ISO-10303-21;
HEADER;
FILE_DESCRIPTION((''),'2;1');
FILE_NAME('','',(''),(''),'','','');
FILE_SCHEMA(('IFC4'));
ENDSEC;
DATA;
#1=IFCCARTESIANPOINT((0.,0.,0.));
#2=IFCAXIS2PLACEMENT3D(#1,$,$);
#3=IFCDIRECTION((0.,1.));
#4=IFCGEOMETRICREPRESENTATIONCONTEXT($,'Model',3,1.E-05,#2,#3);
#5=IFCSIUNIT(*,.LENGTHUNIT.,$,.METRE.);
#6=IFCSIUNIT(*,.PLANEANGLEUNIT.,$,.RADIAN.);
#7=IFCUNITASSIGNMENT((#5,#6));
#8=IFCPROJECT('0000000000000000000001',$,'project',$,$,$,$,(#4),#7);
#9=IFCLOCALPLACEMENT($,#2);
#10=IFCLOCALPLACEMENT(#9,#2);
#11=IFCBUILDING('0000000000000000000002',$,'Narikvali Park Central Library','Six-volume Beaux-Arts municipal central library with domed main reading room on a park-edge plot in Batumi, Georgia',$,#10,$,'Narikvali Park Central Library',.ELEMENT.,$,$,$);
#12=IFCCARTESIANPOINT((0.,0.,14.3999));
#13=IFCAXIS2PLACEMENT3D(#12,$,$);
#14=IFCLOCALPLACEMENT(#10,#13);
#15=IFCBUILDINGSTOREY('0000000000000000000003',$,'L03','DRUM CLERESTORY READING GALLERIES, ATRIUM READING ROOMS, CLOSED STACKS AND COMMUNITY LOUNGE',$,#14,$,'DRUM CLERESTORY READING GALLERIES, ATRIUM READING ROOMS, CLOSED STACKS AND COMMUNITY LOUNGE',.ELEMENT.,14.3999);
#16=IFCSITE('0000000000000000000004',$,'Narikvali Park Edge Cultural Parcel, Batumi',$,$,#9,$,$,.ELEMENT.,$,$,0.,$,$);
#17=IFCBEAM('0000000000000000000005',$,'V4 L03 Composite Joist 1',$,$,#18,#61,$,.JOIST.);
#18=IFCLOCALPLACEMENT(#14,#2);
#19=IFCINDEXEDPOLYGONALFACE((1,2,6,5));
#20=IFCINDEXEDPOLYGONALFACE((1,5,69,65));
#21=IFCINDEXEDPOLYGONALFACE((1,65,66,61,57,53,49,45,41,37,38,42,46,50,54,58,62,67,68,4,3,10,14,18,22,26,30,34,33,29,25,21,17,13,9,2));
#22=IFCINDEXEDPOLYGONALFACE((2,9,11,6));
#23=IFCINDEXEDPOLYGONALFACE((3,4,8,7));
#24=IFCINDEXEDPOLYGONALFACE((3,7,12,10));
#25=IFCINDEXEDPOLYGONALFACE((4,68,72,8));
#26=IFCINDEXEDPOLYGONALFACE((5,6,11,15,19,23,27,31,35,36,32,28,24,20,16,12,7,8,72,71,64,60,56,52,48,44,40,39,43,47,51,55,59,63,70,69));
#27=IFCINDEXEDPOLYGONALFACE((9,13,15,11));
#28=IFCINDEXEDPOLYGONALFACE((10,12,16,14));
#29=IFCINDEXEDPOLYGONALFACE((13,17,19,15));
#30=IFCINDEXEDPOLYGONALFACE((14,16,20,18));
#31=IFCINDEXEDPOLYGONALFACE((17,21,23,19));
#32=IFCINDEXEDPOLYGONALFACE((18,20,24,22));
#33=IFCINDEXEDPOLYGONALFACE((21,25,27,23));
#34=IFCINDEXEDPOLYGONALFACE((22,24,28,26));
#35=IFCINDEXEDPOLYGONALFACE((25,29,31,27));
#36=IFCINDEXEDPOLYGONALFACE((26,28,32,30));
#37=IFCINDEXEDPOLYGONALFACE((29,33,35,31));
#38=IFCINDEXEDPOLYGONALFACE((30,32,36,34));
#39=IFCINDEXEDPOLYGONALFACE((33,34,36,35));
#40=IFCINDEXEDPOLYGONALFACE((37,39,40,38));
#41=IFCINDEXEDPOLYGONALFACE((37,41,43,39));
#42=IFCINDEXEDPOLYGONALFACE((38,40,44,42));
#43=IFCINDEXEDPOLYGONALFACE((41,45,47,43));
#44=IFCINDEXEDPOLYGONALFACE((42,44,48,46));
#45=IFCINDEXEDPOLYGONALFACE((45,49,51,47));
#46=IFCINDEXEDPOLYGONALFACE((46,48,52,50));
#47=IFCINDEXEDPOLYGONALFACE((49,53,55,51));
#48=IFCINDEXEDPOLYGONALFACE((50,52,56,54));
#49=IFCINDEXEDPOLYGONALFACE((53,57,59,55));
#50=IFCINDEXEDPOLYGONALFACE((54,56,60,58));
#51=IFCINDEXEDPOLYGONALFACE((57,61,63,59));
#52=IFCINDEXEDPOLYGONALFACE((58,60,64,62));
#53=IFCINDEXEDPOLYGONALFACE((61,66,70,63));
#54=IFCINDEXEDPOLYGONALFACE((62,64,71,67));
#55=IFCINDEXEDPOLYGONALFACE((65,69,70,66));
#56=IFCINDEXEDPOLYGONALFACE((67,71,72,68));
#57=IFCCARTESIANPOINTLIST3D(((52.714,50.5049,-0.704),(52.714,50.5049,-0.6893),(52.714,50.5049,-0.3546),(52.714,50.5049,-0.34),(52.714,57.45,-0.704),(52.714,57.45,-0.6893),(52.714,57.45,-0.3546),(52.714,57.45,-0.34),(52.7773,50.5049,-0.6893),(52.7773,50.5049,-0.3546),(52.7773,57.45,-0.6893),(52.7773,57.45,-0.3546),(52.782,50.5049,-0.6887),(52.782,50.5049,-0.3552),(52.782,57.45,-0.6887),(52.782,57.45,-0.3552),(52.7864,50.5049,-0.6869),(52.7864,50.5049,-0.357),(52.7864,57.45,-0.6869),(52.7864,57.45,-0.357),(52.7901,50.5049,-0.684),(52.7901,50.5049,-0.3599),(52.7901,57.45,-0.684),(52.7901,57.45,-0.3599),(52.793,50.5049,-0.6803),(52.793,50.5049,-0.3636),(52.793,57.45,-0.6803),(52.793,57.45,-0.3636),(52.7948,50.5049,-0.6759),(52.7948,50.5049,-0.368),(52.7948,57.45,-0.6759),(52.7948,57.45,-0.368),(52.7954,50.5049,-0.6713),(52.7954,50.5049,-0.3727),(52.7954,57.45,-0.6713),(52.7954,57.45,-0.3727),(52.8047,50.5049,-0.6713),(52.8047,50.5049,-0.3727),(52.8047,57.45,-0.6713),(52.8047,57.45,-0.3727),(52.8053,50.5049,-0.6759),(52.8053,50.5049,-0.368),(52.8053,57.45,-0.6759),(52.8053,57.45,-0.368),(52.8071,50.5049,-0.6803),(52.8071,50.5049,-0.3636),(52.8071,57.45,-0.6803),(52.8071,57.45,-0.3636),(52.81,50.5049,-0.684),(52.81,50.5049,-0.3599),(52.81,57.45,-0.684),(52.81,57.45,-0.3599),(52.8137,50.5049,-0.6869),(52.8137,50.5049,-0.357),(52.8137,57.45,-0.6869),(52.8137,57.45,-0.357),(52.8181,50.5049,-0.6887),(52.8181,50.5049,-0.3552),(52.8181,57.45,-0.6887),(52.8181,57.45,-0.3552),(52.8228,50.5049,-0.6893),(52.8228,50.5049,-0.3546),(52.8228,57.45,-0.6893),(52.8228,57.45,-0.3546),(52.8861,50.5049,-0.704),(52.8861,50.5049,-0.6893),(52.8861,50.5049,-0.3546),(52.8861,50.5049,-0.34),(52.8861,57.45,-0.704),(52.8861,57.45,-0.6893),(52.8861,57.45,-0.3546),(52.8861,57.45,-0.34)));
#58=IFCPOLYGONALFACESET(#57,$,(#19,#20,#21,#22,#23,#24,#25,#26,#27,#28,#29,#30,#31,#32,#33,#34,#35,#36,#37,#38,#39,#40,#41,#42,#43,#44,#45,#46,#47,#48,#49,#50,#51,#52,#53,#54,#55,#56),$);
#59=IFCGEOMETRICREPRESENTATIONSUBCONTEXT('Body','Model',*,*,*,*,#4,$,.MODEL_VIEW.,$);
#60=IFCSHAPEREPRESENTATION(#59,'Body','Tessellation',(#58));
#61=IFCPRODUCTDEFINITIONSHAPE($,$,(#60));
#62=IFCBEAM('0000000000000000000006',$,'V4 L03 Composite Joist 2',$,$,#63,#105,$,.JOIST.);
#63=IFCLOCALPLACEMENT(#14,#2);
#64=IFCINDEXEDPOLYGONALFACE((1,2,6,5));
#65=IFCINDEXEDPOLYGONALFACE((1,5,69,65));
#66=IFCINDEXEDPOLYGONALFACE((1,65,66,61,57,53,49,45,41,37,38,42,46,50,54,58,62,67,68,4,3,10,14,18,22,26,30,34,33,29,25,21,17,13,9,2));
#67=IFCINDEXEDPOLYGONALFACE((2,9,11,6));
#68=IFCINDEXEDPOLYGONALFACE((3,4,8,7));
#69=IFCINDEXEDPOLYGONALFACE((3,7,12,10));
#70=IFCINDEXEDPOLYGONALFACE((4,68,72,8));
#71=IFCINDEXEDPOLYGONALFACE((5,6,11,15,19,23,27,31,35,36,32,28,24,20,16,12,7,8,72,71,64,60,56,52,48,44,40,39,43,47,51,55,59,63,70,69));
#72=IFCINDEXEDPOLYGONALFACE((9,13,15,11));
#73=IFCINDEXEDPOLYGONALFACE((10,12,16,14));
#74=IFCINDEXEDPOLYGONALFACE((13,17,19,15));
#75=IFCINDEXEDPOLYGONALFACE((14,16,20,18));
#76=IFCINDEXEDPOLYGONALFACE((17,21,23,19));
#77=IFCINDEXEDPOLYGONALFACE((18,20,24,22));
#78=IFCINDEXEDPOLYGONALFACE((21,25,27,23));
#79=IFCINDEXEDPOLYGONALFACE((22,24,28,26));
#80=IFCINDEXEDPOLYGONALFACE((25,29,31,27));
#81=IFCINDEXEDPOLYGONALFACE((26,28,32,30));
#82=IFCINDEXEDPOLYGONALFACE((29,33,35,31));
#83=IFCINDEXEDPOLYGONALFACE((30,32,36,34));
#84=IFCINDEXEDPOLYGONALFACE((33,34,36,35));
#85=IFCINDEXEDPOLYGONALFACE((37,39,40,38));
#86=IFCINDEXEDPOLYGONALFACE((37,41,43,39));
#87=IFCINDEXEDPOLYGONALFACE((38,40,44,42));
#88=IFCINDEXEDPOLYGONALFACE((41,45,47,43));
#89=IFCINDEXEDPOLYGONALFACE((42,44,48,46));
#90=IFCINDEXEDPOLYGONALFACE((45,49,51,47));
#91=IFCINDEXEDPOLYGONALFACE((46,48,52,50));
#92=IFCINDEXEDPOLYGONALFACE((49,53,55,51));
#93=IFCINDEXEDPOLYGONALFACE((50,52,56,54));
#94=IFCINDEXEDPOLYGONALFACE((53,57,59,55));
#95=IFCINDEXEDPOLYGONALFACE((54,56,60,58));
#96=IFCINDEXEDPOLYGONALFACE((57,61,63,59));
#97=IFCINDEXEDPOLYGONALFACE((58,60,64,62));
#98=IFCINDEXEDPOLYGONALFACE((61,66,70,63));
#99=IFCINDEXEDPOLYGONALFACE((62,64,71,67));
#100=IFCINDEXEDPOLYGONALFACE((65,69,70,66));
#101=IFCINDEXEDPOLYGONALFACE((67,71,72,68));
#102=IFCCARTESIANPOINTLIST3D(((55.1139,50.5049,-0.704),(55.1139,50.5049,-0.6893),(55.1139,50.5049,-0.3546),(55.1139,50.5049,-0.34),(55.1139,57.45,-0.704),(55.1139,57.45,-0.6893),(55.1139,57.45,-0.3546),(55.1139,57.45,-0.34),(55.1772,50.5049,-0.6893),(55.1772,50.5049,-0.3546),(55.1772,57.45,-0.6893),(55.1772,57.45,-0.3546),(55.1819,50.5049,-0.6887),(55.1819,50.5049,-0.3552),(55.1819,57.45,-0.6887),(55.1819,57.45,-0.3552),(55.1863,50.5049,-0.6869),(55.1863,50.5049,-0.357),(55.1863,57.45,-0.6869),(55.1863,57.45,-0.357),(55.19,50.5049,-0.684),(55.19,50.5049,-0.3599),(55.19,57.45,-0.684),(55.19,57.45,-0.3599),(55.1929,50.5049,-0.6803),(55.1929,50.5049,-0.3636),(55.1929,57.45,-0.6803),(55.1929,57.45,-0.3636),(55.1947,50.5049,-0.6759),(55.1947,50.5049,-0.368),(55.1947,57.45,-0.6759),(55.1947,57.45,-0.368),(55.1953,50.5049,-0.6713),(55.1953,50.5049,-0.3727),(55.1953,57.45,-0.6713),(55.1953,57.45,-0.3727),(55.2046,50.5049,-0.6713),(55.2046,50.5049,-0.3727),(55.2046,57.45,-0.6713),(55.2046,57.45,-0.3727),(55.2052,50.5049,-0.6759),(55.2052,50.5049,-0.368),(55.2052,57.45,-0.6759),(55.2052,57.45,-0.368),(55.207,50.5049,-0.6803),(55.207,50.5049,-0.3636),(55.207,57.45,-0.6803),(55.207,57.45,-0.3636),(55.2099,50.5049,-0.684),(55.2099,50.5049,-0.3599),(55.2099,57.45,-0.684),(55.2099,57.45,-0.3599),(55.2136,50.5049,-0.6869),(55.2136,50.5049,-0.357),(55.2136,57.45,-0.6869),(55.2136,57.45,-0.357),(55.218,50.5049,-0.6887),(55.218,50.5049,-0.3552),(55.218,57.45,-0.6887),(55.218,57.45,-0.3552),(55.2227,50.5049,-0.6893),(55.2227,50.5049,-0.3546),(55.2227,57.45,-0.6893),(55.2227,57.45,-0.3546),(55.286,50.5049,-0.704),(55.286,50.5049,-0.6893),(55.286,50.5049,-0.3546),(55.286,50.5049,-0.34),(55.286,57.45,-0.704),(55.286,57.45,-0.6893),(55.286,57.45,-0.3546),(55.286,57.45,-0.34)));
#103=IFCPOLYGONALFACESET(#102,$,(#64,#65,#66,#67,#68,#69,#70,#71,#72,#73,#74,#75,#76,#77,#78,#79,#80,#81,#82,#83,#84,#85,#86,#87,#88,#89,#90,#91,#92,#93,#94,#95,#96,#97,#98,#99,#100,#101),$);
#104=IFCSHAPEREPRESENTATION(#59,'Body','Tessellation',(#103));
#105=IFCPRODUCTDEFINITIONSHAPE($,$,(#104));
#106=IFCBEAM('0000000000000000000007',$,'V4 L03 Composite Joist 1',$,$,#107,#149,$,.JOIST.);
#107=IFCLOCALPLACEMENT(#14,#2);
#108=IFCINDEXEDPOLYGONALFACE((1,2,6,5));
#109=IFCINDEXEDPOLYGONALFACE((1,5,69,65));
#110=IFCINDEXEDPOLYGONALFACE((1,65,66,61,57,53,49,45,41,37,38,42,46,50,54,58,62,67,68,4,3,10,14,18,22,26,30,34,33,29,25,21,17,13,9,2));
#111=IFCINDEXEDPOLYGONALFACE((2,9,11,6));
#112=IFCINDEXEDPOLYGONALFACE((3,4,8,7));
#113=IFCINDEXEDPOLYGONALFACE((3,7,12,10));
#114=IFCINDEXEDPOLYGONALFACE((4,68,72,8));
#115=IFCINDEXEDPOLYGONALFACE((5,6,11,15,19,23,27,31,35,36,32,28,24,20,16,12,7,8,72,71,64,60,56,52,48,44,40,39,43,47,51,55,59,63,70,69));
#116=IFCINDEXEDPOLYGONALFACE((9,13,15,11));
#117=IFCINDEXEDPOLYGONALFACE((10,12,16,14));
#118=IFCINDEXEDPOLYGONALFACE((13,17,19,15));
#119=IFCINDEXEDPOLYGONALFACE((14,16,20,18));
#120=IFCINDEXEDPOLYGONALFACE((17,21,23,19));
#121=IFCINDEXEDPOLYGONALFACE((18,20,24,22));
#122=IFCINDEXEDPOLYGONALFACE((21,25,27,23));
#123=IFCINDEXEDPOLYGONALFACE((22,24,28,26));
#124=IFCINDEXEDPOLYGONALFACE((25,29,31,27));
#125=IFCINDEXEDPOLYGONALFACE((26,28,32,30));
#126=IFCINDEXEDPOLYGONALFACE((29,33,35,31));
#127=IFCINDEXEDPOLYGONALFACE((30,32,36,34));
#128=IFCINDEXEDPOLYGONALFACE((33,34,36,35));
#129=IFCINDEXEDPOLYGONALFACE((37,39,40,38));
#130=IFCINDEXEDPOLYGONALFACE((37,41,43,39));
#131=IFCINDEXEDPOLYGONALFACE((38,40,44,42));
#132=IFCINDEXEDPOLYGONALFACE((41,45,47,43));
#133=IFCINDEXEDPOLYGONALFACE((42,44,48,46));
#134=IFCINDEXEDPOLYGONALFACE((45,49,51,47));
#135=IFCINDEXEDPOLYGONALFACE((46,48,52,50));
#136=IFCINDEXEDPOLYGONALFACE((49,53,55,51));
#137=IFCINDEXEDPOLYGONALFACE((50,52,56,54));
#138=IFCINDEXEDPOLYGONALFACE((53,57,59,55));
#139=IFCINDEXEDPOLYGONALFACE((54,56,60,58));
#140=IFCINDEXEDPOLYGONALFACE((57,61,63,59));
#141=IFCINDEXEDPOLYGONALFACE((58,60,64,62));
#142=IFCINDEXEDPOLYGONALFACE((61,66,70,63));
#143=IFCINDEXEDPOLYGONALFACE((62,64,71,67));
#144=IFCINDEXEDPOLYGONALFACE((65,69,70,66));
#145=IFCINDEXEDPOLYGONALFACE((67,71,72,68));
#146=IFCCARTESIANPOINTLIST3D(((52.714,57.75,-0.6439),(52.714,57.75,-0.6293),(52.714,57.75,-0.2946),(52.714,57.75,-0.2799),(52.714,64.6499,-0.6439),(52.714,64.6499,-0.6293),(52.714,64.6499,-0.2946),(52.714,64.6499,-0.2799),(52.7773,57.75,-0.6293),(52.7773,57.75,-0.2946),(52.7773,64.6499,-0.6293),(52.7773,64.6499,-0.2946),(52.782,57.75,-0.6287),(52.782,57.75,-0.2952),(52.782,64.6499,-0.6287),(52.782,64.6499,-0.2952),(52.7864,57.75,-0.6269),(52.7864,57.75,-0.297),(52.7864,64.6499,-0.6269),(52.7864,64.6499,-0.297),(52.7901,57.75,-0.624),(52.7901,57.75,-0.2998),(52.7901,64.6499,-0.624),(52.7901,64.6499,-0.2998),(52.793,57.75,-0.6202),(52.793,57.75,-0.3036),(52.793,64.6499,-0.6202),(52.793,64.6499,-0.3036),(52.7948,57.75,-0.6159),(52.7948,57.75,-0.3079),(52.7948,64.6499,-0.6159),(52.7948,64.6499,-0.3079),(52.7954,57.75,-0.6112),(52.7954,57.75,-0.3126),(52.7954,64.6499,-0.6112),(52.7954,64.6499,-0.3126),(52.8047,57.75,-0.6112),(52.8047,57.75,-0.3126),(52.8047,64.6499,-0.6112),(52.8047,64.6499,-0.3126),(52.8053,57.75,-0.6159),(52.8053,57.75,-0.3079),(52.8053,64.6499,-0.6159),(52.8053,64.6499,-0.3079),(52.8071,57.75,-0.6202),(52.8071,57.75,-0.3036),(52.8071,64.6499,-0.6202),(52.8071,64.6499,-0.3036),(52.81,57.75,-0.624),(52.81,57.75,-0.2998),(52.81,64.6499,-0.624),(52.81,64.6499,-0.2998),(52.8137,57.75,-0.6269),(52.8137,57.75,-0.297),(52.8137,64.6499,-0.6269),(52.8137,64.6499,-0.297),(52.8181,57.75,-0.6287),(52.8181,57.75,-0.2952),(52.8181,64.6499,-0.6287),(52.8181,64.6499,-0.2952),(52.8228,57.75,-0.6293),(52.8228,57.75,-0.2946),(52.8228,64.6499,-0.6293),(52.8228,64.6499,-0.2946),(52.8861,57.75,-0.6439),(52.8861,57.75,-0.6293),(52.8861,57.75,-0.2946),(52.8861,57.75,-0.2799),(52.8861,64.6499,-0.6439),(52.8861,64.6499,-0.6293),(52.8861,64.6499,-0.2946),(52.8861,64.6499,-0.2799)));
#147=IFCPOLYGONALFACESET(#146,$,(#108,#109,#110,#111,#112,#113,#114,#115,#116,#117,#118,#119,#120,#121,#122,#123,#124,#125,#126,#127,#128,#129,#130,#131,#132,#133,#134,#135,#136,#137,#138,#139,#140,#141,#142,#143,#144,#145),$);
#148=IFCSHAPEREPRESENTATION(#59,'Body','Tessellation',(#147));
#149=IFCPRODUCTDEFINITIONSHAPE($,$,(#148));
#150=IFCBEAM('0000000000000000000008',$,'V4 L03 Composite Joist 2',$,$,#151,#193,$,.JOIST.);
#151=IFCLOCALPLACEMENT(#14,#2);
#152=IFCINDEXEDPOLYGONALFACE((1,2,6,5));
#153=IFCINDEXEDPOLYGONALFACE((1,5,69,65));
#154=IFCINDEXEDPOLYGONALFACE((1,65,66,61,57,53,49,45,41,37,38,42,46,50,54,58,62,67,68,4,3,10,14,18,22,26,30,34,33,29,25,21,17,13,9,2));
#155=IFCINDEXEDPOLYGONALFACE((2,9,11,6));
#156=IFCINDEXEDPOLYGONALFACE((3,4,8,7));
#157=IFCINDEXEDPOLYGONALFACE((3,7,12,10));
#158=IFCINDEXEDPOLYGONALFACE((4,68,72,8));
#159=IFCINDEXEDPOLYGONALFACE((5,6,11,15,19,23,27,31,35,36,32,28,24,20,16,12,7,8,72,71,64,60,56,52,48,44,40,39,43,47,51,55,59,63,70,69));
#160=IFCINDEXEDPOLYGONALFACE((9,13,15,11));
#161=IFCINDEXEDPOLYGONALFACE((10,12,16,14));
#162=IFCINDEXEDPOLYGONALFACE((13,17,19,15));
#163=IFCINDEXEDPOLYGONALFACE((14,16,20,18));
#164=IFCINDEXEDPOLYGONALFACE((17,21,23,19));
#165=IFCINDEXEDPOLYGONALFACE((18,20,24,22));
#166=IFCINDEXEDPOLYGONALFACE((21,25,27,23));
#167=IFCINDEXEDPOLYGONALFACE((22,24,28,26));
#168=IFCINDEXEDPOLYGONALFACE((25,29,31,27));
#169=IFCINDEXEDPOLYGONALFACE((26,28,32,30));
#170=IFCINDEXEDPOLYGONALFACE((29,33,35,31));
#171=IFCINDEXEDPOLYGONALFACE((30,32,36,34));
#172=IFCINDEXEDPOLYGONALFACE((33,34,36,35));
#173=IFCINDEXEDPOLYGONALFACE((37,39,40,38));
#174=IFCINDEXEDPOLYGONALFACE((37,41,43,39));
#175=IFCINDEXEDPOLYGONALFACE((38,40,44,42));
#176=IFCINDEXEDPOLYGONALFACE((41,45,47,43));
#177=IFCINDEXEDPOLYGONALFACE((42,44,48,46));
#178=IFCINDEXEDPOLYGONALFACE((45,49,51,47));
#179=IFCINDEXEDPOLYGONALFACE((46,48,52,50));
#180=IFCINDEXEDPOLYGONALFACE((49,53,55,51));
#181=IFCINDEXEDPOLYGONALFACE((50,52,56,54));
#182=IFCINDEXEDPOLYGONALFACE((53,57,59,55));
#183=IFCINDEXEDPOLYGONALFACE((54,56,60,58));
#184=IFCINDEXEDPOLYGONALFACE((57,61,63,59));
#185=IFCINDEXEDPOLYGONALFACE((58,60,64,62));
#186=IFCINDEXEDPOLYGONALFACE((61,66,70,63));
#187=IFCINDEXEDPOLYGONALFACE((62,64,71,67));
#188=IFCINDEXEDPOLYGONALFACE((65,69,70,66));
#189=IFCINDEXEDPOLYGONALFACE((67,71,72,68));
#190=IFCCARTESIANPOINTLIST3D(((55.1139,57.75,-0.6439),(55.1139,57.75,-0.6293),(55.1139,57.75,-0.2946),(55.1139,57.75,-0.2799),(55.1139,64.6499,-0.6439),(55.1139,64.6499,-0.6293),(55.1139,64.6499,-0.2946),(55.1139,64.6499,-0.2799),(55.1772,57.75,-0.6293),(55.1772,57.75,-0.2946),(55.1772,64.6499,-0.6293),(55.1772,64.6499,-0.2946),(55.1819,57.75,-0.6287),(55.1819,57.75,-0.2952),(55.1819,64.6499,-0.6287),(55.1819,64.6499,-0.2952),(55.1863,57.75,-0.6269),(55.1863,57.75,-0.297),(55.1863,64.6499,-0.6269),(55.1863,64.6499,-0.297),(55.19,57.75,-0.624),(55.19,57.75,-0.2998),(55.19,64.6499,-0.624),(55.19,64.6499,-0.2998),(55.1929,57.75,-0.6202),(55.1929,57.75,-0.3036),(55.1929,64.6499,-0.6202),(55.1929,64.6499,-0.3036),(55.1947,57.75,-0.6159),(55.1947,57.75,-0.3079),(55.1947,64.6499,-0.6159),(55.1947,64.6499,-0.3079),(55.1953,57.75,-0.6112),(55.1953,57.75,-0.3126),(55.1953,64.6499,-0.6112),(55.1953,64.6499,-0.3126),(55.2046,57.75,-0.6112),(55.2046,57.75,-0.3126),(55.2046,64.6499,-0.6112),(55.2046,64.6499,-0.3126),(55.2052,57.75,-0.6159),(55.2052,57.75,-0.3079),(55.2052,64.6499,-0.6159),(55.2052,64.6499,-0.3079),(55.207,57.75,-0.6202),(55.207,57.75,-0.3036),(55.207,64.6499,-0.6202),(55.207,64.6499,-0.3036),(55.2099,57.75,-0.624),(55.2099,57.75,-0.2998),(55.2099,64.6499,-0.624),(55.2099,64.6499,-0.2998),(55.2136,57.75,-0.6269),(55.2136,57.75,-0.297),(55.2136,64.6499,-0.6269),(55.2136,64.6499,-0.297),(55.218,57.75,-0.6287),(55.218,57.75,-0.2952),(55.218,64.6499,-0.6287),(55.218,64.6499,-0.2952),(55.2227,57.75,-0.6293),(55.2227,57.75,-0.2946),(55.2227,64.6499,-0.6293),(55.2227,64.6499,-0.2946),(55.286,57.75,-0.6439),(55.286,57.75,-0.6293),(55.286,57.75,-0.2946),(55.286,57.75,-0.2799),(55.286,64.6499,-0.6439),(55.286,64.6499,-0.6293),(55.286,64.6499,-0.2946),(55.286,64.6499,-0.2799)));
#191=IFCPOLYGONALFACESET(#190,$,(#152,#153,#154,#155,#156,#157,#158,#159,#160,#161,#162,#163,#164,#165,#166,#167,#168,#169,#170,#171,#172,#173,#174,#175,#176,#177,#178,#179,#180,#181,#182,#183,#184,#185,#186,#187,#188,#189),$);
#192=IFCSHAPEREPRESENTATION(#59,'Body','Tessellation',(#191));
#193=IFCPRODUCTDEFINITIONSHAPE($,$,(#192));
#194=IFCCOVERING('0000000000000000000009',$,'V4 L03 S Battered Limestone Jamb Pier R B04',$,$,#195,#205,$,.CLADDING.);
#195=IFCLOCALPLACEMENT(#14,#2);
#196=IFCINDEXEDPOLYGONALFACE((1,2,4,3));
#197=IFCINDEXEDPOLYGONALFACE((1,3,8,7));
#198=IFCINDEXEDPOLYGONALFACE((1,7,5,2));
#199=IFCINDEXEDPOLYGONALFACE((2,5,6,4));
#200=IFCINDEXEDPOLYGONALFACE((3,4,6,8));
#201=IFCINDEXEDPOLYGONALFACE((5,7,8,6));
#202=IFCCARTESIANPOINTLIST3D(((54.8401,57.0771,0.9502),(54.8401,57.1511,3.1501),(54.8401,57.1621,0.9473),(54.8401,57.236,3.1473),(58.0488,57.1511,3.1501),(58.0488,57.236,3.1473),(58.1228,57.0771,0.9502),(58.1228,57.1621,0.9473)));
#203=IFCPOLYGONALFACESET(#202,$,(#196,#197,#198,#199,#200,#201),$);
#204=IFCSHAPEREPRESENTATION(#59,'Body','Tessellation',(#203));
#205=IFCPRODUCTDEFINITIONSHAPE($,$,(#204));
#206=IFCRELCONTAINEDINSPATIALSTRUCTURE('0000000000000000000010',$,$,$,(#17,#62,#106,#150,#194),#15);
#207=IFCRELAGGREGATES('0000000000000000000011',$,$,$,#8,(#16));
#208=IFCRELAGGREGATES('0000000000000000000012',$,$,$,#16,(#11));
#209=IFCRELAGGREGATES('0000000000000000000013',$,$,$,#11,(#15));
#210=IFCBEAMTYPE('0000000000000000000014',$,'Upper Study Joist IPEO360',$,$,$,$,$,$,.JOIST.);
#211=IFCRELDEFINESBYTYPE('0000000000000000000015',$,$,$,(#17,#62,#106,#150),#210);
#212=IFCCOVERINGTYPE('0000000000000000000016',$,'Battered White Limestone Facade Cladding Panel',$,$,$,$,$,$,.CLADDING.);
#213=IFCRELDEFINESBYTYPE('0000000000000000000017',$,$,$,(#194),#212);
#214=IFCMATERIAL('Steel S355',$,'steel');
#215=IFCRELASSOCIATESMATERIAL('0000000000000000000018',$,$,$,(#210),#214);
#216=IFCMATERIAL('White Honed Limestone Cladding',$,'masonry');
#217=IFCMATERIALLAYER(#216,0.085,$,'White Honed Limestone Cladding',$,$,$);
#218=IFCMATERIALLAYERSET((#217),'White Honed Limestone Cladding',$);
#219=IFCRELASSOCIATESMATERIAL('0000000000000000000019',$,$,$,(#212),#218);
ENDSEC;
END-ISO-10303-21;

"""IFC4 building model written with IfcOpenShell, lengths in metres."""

from ifc_helpers import new_model, si_unit, direction, frame, origin, origin_2d, place, context, subcontext, project, spatial, polyline, i_section, outline, extrude, material, layer, layer_set, material_profile, profile_set, type_object, element, save


model = new_model("IFC4")

# Units and contexts
model_context = context("Model", 3, precision=1e-05, world=origin(), true_north=direction((0.0, 1.0)))
body_context = subcontext(model_context, "Body", "Model", "MODEL_VIEW")
ifc_project = project(units=[si_unit("LENGTHUNIT", "METRE"), si_unit("PLANEANGLEUNIT", "RADIAN")], contexts=[model_context])

# Site, building, storey
site_placement = place(None, origin())
site = spatial("IfcSite", under=ifc_project, at=site_placement, Name="Narikvali Park Edge Cultural Parcel, Batumi", CompositionType="ELEMENT", RefElevation=0.0)
building_placement = place(site_placement, origin())
building = spatial("IfcBuilding", under=site, at=building_placement, Name="Narikvali Park Central Library", Description="Six-volume Beaux-Arts municipal central library with domed main reading room on a park-edge plot in Batumi, Georgia", LongName="Narikvali Park Central Library", CompositionType="ELEMENT")
storey_placement = place(building_placement, frame((0.0, 0.0, 14.3999)))
storey = spatial("IfcBuildingStorey", under=building, at=storey_placement, Name="L03", Description="DRUM CLERESTORY READING GALLERIES, ATRIUM READING ROOMS, CLOSED STACKS AND COMMUNITY LOUNGE", LongName="DRUM CLERESTORY READING GALLERIES, ATRIUM READING ROOMS, CLOSED STACKS AND COMMUNITY LOUNGE", CompositionType="ELEMENT", Elevation=14.3999)

# Shared definitions
ifc_material_1 = material(Name="Steel S355", Category="steel")

# Beams
ifc_material_profile_1 = material_profile(ifc_material_1, i_section(OverallWidth=0.1721, OverallDepth=0.364, WebThickness=0.0093, FlangeThickness=0.0146, FilletRadius=0.0181, at=origin_2d()), Name="IPEO 360")
ifc_profile_set_1 = profile_set([ifc_material_profile_1], Name="Steel S355")
beam_type_1 = type_object("IfcBeamType", Name="Upper Study Joist IPEO360", PredefinedType="JOIST", material=ifc_profile_set_1)
for number, where, z_axis, x_axis, name in (
    (1, (52.8, 50.5049, -0.522), (0.0, 1.0, 0.0), (-1.0, 0.0, 0.0), "V4 L03 Composite Joist 1"),
    (2, (55.2, 50.5049, -0.522), (0.0, 1.0, 0.0), (-1.0, 0.0, 0.0), "V4 L03 Composite Joist 2"),
):
    element("IfcBeam", number, at=place(storey_placement, frame(where, z_axis=z_axis, x_axis=x_axis)), inside=storey, type_object=beam_type_1, Name=name, PredefinedType="JOIST", context=body_context, shape_type="SweptSolid", body=[
        extrude(i_section(OverallWidth=0.1721, OverallDepth=0.364, WebThickness=0.0093, FlangeThickness=0.0146, FilletRadius=0.0181, at=origin_2d()), origin(), (0.0, 0.0, 1.0), 6.9451),
    ])
for number, where, z_axis, x_axis, name in (
    (3, (52.8, 57.75, -0.4619), (0.0, 1.0, 0.0), (-1.0, 0.0, 0.0), "V4 L03 Composite Joist 1"),
    (4, (55.2, 57.75, -0.4619), (0.0, 1.0, 0.0), (-1.0, 0.0, 0.0), "V4 L03 Composite Joist 2"),
):
    element("IfcBeam", number, at=place(storey_placement, frame(where, z_axis=z_axis, x_axis=x_axis)), inside=storey, type_object=beam_type_1, Name=name, PredefinedType="JOIST", context=body_context, shape_type="SweptSolid", body=[
        extrude(i_section(OverallWidth=0.1721, OverallDepth=0.364, WebThickness=0.0093, FlangeThickness=0.0146, FilletRadius=0.0181, at=origin_2d()), origin(), (0.0, 0.0, 1.0), 6.8999),
    ])

# Covering
ifc_material_2 = material(Name="White Honed Limestone Cladding", Category="masonry")
ifc_layer_1 = layer(ifc_material_2, 0.085, Name="White Honed Limestone Cladding")
ifc_layer_set_1 = layer_set([ifc_layer_1], Name="White Honed Limestone Cladding")
covering_type = type_object("IfcCoveringType", Name="Battered White Limestone Facade Cladding Panel", PredefinedType="CLADDING", material=ifc_layer_set_1)
covering_placement = place(storey_placement, frame((54.8401, 57.0771, 0.9502), z_axis=(0.0, -0.999435, 0.033607), x_axis=(1.0, 0.0, 0.0)))
element("IfcCovering", 5, at=covering_placement, inside=storey, type_object=covering_type, Name="V4 L03 S Battered Limestone Jamb Pier R B04", PredefinedType="CLADDING", context=body_context, shape_type="SweptSolid", body=[
    extrude(outline(polyline([(0.0, 0.0), (3.2827, 0.0), (3.2087, 2.2012), (0.0, 2.2012), (0.0, 0.0)])), origin(), (0.0, 0.0, -1.0), 0.085),
])

save(model, "model.ifc")
